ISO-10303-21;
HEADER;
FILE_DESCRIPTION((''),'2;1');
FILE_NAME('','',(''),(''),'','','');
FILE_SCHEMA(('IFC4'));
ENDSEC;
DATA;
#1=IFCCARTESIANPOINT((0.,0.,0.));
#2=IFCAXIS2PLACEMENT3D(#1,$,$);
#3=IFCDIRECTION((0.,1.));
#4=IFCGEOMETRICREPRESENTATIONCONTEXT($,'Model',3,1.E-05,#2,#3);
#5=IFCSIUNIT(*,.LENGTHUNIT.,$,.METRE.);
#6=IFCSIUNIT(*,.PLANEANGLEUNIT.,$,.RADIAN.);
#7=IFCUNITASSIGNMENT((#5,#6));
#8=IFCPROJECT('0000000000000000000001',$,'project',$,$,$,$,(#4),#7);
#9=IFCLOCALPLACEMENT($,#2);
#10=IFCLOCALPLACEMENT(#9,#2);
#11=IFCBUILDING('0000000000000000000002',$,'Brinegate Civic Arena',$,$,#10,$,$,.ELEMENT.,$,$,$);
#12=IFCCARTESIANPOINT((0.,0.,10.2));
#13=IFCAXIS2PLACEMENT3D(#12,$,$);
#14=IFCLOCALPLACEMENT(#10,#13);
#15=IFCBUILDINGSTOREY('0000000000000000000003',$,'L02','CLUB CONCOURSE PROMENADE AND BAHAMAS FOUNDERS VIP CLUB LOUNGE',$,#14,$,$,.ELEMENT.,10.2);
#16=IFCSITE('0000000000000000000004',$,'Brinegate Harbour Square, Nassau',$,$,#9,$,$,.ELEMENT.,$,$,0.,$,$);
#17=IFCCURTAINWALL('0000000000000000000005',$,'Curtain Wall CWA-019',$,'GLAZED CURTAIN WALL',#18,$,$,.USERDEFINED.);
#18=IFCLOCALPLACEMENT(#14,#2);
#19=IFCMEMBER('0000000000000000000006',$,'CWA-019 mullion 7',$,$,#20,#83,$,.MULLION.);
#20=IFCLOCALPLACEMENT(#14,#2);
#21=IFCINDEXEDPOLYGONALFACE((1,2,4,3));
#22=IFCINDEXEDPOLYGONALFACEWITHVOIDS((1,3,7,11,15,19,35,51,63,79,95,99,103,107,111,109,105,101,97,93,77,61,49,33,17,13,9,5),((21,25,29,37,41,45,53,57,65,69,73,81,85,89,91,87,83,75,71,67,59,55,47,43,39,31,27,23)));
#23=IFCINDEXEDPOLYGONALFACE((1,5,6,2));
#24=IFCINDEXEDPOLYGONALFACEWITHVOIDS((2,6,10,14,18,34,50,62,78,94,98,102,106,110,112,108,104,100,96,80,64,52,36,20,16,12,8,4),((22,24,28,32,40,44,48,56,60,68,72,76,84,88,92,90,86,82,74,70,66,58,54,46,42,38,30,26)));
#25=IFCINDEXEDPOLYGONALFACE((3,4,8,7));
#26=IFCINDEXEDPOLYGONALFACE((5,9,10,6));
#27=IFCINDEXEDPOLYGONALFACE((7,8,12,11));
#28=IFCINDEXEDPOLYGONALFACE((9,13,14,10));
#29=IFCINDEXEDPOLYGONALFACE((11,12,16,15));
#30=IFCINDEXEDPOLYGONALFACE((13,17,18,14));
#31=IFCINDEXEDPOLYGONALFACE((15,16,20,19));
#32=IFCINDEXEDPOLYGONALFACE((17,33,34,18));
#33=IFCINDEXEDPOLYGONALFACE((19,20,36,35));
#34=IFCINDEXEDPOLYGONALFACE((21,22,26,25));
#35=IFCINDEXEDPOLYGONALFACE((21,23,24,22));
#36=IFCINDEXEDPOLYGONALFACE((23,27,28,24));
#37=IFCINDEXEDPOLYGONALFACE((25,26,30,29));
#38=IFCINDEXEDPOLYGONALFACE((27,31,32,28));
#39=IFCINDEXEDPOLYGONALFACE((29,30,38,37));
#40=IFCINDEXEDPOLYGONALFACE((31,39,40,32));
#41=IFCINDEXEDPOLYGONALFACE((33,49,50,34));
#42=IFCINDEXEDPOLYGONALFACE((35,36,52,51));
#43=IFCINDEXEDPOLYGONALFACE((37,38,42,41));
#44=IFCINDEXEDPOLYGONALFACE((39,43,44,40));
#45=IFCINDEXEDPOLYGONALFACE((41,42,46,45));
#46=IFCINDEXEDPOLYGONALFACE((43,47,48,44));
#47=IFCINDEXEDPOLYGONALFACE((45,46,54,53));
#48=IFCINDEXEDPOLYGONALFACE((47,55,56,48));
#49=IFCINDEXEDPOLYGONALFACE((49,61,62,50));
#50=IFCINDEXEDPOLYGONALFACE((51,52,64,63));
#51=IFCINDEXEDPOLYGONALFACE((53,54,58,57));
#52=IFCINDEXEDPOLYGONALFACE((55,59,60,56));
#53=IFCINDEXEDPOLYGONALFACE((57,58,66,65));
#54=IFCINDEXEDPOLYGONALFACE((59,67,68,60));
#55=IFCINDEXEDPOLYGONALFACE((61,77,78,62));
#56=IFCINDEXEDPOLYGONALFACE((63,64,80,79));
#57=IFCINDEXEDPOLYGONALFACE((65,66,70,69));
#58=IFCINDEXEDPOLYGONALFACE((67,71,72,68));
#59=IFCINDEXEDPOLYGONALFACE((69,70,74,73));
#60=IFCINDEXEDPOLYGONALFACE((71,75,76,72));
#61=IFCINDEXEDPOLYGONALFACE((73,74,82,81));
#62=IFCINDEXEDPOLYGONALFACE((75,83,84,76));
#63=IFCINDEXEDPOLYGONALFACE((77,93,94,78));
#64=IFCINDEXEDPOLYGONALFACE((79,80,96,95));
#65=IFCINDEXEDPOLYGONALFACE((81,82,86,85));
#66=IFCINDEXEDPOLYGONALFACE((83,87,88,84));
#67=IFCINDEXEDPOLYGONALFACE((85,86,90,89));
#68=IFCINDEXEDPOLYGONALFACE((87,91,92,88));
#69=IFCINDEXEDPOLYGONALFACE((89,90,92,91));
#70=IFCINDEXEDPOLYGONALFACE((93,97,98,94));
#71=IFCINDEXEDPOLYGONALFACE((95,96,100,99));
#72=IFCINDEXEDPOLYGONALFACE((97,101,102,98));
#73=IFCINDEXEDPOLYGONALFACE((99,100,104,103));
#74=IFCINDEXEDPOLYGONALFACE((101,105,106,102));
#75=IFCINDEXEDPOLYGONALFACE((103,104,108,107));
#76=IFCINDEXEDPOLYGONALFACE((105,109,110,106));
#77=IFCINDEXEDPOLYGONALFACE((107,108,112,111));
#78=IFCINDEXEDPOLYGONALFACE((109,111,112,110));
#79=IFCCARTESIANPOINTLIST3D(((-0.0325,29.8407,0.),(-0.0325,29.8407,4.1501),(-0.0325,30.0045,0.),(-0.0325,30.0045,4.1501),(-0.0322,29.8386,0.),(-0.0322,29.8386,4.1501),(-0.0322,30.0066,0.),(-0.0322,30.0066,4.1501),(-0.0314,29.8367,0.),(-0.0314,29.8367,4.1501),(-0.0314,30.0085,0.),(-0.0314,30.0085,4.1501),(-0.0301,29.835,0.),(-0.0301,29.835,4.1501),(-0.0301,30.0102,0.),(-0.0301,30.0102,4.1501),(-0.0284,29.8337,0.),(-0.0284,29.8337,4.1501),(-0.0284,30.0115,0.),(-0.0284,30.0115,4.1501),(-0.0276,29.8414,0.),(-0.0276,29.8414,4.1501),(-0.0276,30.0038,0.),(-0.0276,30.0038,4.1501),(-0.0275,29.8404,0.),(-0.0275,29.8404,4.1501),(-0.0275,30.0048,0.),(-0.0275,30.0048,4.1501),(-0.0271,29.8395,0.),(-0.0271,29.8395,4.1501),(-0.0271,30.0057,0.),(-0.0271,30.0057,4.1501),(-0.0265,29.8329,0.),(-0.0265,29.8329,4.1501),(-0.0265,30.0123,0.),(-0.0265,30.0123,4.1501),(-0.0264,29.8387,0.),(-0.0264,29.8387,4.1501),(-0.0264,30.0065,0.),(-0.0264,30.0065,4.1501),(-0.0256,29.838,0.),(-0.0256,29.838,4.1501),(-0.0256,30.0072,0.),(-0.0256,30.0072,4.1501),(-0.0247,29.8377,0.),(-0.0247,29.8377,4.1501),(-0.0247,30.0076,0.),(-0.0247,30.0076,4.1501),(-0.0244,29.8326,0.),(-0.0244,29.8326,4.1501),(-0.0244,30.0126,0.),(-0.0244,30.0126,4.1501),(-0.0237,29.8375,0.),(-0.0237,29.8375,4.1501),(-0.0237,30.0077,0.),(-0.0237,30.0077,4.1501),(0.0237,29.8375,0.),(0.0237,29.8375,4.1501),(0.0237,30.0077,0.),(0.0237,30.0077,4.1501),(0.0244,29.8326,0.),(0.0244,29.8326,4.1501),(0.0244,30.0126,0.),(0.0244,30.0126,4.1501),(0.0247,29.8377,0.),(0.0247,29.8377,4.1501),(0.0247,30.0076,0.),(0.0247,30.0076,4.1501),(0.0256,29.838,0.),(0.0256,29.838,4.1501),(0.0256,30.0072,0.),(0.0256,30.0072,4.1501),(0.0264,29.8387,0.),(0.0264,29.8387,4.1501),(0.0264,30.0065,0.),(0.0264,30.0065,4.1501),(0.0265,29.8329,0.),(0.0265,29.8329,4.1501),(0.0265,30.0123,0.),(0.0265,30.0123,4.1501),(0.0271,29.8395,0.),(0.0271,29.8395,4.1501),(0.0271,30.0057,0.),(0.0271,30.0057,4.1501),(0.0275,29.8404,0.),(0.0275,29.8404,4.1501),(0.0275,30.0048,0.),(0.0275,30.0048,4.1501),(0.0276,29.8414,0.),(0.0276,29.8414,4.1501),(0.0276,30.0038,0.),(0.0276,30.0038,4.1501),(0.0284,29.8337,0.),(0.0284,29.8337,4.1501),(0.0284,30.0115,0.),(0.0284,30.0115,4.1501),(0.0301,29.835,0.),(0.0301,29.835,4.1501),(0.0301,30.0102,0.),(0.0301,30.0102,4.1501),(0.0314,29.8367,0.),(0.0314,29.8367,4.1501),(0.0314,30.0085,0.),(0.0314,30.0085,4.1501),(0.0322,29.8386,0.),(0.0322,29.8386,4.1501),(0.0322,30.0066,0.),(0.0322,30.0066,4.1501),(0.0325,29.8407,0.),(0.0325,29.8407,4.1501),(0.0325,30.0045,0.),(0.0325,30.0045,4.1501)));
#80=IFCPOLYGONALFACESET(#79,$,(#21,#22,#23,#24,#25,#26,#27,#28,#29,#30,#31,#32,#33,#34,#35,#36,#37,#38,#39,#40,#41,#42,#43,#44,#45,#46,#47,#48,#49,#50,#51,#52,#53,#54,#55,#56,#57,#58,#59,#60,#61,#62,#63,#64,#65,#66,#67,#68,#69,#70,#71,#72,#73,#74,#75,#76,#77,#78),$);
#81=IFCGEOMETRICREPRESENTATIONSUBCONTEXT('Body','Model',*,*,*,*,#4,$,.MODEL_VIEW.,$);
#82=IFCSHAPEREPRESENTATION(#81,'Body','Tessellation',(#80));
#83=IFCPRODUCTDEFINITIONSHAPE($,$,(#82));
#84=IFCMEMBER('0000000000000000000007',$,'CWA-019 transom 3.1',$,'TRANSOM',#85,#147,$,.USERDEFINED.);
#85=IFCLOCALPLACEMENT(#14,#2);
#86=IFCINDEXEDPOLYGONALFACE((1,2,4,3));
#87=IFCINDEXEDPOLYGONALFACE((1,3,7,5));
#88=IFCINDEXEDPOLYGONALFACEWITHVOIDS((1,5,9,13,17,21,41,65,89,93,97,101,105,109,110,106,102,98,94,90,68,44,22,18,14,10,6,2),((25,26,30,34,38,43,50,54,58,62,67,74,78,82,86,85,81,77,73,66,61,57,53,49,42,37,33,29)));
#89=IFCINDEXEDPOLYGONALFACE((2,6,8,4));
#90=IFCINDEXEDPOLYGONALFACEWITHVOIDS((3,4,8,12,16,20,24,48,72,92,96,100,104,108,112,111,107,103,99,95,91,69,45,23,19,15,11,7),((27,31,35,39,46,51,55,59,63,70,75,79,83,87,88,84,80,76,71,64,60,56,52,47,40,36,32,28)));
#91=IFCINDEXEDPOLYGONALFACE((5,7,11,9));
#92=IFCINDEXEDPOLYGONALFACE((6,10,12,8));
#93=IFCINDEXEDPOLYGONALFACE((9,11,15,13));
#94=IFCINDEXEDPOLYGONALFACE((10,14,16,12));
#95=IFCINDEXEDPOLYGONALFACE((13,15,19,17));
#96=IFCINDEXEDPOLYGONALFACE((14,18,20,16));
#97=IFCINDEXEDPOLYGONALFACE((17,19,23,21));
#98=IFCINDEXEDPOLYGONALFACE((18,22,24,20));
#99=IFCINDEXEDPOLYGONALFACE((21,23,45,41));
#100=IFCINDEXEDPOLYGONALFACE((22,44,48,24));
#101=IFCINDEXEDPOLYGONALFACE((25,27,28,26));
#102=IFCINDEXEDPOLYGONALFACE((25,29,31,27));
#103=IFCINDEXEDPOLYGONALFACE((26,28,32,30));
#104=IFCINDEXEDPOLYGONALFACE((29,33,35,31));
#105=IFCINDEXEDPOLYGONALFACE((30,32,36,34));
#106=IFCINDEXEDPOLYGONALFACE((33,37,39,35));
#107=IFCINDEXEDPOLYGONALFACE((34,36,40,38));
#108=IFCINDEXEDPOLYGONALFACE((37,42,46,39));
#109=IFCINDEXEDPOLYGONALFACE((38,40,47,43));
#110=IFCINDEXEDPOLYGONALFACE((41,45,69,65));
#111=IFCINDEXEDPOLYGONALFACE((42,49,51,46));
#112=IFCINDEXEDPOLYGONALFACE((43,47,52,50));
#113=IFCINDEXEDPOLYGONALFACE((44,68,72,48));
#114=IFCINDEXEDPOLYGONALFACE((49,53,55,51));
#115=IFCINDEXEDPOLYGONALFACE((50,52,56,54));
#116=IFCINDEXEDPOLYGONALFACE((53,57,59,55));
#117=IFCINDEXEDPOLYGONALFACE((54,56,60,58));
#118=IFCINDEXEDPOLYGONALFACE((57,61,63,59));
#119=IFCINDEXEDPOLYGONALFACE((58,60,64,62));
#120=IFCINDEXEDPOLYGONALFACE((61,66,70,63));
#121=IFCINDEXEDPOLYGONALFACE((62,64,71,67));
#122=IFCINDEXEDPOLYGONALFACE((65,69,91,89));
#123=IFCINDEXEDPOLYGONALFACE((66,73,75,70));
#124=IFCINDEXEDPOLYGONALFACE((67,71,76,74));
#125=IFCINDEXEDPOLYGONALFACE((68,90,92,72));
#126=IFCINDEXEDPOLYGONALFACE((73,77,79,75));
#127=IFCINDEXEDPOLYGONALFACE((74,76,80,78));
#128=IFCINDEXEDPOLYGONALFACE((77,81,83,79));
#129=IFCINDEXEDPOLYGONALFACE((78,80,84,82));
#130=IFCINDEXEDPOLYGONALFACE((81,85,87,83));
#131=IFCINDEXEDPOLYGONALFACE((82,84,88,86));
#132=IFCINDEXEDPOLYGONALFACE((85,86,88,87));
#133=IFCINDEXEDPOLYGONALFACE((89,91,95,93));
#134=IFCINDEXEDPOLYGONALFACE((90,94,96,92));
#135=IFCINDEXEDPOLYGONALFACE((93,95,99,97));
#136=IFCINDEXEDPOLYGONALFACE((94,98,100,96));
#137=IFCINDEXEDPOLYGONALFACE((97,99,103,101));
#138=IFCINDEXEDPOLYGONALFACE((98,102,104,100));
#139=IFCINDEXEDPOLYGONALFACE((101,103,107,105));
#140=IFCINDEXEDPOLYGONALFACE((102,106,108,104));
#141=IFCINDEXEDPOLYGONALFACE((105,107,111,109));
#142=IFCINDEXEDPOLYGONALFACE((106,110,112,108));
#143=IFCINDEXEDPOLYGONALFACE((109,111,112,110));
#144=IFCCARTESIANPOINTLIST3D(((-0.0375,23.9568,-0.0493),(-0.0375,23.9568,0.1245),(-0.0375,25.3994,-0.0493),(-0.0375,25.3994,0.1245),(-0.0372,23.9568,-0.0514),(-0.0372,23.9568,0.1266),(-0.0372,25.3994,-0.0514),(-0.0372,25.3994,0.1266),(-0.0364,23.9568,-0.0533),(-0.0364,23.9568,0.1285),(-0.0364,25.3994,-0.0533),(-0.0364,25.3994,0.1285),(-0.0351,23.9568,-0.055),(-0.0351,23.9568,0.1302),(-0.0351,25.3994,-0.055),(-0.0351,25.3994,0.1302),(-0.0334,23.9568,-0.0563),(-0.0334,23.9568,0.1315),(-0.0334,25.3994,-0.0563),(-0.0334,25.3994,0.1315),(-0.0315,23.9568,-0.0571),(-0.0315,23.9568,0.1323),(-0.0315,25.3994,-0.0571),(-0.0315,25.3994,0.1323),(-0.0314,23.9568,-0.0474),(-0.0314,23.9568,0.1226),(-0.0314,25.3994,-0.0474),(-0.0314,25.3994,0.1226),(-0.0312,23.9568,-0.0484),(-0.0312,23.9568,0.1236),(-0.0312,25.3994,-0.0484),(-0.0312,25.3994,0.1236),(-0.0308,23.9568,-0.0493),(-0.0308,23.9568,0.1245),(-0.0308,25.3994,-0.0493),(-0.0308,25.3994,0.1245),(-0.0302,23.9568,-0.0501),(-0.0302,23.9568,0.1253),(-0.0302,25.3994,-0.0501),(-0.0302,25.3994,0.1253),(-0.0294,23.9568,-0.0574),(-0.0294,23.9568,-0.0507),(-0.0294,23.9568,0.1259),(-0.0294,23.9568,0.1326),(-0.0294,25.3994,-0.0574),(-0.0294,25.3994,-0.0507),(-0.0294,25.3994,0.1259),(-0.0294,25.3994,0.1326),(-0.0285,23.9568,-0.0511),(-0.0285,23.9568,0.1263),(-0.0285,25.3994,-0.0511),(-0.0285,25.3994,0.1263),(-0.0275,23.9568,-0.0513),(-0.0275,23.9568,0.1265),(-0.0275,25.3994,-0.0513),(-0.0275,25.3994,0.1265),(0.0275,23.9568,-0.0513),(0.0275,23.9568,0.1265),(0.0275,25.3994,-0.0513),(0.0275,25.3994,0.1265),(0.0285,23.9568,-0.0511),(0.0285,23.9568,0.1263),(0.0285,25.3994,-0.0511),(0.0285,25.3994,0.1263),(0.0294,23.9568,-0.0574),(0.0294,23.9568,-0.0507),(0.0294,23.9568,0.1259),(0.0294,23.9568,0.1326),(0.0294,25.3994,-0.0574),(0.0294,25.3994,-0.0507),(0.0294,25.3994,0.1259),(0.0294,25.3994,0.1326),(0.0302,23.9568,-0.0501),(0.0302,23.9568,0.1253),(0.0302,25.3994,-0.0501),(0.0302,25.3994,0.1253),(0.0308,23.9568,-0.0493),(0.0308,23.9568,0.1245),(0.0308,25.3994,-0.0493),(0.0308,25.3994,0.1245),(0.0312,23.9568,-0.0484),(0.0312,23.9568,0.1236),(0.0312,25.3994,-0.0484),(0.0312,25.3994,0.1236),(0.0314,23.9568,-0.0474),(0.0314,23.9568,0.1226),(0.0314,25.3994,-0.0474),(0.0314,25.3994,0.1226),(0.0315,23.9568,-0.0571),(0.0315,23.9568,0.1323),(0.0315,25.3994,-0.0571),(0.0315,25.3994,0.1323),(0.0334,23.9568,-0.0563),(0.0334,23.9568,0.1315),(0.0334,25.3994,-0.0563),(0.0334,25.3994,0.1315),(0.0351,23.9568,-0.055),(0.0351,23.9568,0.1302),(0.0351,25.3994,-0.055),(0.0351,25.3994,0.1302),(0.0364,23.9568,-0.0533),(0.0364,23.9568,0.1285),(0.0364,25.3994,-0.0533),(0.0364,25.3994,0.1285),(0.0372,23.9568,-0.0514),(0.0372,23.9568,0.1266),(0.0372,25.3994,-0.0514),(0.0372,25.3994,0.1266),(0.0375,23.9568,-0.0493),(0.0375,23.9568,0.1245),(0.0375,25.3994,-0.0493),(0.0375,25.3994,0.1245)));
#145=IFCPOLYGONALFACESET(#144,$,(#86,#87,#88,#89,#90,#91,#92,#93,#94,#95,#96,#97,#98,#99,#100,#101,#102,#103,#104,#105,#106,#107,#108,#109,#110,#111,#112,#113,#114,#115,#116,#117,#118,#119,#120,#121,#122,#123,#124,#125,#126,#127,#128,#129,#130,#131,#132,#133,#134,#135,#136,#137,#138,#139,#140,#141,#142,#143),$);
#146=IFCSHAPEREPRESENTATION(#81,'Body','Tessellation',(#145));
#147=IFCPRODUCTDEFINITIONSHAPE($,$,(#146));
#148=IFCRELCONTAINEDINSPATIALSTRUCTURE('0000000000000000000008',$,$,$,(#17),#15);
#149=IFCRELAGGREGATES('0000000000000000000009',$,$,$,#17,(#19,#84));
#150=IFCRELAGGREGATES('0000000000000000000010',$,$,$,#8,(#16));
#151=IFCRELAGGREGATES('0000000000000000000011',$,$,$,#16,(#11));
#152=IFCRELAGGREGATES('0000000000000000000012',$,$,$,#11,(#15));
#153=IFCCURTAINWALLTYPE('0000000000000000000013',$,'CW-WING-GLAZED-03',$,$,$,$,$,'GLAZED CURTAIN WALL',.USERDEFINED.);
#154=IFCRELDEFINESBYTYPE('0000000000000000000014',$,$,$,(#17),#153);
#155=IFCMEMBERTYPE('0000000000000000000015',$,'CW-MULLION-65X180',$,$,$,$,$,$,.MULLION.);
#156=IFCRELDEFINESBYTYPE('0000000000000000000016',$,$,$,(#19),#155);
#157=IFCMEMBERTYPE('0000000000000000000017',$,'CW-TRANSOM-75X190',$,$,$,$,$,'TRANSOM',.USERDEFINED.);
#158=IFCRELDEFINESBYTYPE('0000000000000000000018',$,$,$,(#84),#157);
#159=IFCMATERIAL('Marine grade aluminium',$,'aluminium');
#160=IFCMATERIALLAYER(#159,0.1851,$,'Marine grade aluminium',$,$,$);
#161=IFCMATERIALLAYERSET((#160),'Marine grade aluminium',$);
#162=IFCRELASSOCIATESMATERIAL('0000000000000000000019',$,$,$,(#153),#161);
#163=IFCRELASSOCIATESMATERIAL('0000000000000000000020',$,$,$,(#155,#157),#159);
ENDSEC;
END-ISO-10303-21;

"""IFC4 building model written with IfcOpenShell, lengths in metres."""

from ifc_helpers import new_model, si_unit, direction, frame, origin, origin_2d, place, context, subcontext, project, spatial, hollow_rectangle, extrude, material, layer, layer_set, material_profile, profile_set, type_object, element, aggregate, save


model = new_model("IFC4")

# Units and contexts
model_context = context("Model", 3, precision=1e-05, world=origin(), true_north=direction((0.0, 1.0)))
body_context = subcontext(model_context, "Body", "Model", "MODEL_VIEW")
ifc_project = project(units=[si_unit("LENGTHUNIT", "METRE"), si_unit("PLANEANGLEUNIT", "RADIAN")], contexts=[model_context])

# Site, building, storey
site_placement = place(None, origin())
site = spatial("IfcSite", under=ifc_project, at=site_placement, Name="Brinegate Harbour Square, Nassau", CompositionType="ELEMENT", RefElevation=0.0)
building_placement = place(site_placement, origin())
building = spatial("IfcBuilding", under=site, at=building_placement, Name="Brinegate Civic Arena", CompositionType="ELEMENT")
storey_placement = place(building_placement, frame((0.0, 0.0, 10.2)))
storey = spatial("IfcBuildingStorey", under=building, at=storey_placement, Name="L02", Description="CLUB CONCOURSE PROMENADE AND BAHAMAS FOUNDERS VIP CLUB LOUNGE", CompositionType="ELEMENT", Elevation=10.2)

# Curtain wall, members
ifc_material_1 = material(Name="Marine grade aluminium", Category="aluminium")
ifc_layer_1 = layer(ifc_material_1, 0.1851, Name="Marine grade aluminium")
ifc_layer_set_1 = layer_set([ifc_layer_1], Name="Marine grade aluminium")
curtain_wall_type = type_object("IfcCurtainWallType", Name="CW-WING-GLAZED-03", ElementType="GLAZED CURTAIN WALL", PredefinedType="USERDEFINED", material=ifc_layer_set_1)
curtain_wall_placement = place(storey_placement, origin())
curtain_wall = element("IfcCurtainWall", 1, at=curtain_wall_placement, inside=storey, type_object=curtain_wall_type, Name="Curtain Wall CWA-019", ObjectType="GLAZED CURTAIN WALL", PredefinedType="USERDEFINED")
ifc_material_profile_1 = material_profile(ifc_material_1, hollow_rectangle(XDim=0.0649, YDim=0.1799, WallThickness=0.0049, InnerFilletRadius=0.0039, OuterFilletRadius=0.0081, at=origin_2d()), Name="MUL65X180")
ifc_profile_set_1 = profile_set([ifc_material_profile_1], Name="Marine grade aluminium")
member_type_1 = type_object("IfcMemberType", Name="CW-MULLION-65X180", PredefinedType="MULLION", material=ifc_profile_set_1)
member_1_placement = place(storey_placement, frame((0.0, 29.9226, 0.0), z_axis=(0.0, 0.0, 1.0), x_axis=(-1.0, 0.0, 0.0)))
member_1 = element("IfcMember", 2, at=member_1_placement, type_object=member_type_1, Name="CWA-019 mullion 7", PredefinedType="MULLION", context=body_context, shape_type="SweptSolid", body=[
    extrude(hollow_rectangle(XDim=0.0649, YDim=0.1799, WallThickness=0.0049, InnerFilletRadius=0.0039, OuterFilletRadius=0.0081, at=origin_2d()), origin(), (0.0, 0.0, 1.0), 4.1501),
])
ifc_material_profile_2 = material_profile(ifc_material_1, hollow_rectangle(XDim=0.075, YDim=0.1899, WallThickness=0.0061, InnerFilletRadius=0.0039, OuterFilletRadius=0.0081, at=origin_2d()), Name="TRN75X190")
ifc_profile_set_2 = profile_set([ifc_material_profile_2], Name="Marine grade aluminium")
member_type_2 = type_object("IfcMemberType", Name="CW-TRANSOM-75X190", ElementType="TRANSOM", PredefinedType="USERDEFINED", material=ifc_profile_set_2)
member_2_placement = place(storey_placement, frame((0.0, 23.9568, 0.0376), z_axis=(0.0, 1.0, 0.0), x_axis=(-1.0, 0.0, 0.0)))
member_2 = element("IfcMember", 3, at=member_2_placement, type_object=member_type_2, Name="CWA-019 transom 3.1", ObjectType="TRANSOM", PredefinedType="USERDEFINED", context=body_context, shape_type="SweptSolid", body=[
    extrude(hollow_rectangle(XDim=0.075, YDim=0.1899, WallThickness=0.0061, InnerFilletRadius=0.0039, OuterFilletRadius=0.0081, at=origin_2d()), origin(), (0.0, 0.0, 1.0), 1.4426),
])

aggregate(curtain_wall, [member_1, member_2])

save(model, "model.ifc")
